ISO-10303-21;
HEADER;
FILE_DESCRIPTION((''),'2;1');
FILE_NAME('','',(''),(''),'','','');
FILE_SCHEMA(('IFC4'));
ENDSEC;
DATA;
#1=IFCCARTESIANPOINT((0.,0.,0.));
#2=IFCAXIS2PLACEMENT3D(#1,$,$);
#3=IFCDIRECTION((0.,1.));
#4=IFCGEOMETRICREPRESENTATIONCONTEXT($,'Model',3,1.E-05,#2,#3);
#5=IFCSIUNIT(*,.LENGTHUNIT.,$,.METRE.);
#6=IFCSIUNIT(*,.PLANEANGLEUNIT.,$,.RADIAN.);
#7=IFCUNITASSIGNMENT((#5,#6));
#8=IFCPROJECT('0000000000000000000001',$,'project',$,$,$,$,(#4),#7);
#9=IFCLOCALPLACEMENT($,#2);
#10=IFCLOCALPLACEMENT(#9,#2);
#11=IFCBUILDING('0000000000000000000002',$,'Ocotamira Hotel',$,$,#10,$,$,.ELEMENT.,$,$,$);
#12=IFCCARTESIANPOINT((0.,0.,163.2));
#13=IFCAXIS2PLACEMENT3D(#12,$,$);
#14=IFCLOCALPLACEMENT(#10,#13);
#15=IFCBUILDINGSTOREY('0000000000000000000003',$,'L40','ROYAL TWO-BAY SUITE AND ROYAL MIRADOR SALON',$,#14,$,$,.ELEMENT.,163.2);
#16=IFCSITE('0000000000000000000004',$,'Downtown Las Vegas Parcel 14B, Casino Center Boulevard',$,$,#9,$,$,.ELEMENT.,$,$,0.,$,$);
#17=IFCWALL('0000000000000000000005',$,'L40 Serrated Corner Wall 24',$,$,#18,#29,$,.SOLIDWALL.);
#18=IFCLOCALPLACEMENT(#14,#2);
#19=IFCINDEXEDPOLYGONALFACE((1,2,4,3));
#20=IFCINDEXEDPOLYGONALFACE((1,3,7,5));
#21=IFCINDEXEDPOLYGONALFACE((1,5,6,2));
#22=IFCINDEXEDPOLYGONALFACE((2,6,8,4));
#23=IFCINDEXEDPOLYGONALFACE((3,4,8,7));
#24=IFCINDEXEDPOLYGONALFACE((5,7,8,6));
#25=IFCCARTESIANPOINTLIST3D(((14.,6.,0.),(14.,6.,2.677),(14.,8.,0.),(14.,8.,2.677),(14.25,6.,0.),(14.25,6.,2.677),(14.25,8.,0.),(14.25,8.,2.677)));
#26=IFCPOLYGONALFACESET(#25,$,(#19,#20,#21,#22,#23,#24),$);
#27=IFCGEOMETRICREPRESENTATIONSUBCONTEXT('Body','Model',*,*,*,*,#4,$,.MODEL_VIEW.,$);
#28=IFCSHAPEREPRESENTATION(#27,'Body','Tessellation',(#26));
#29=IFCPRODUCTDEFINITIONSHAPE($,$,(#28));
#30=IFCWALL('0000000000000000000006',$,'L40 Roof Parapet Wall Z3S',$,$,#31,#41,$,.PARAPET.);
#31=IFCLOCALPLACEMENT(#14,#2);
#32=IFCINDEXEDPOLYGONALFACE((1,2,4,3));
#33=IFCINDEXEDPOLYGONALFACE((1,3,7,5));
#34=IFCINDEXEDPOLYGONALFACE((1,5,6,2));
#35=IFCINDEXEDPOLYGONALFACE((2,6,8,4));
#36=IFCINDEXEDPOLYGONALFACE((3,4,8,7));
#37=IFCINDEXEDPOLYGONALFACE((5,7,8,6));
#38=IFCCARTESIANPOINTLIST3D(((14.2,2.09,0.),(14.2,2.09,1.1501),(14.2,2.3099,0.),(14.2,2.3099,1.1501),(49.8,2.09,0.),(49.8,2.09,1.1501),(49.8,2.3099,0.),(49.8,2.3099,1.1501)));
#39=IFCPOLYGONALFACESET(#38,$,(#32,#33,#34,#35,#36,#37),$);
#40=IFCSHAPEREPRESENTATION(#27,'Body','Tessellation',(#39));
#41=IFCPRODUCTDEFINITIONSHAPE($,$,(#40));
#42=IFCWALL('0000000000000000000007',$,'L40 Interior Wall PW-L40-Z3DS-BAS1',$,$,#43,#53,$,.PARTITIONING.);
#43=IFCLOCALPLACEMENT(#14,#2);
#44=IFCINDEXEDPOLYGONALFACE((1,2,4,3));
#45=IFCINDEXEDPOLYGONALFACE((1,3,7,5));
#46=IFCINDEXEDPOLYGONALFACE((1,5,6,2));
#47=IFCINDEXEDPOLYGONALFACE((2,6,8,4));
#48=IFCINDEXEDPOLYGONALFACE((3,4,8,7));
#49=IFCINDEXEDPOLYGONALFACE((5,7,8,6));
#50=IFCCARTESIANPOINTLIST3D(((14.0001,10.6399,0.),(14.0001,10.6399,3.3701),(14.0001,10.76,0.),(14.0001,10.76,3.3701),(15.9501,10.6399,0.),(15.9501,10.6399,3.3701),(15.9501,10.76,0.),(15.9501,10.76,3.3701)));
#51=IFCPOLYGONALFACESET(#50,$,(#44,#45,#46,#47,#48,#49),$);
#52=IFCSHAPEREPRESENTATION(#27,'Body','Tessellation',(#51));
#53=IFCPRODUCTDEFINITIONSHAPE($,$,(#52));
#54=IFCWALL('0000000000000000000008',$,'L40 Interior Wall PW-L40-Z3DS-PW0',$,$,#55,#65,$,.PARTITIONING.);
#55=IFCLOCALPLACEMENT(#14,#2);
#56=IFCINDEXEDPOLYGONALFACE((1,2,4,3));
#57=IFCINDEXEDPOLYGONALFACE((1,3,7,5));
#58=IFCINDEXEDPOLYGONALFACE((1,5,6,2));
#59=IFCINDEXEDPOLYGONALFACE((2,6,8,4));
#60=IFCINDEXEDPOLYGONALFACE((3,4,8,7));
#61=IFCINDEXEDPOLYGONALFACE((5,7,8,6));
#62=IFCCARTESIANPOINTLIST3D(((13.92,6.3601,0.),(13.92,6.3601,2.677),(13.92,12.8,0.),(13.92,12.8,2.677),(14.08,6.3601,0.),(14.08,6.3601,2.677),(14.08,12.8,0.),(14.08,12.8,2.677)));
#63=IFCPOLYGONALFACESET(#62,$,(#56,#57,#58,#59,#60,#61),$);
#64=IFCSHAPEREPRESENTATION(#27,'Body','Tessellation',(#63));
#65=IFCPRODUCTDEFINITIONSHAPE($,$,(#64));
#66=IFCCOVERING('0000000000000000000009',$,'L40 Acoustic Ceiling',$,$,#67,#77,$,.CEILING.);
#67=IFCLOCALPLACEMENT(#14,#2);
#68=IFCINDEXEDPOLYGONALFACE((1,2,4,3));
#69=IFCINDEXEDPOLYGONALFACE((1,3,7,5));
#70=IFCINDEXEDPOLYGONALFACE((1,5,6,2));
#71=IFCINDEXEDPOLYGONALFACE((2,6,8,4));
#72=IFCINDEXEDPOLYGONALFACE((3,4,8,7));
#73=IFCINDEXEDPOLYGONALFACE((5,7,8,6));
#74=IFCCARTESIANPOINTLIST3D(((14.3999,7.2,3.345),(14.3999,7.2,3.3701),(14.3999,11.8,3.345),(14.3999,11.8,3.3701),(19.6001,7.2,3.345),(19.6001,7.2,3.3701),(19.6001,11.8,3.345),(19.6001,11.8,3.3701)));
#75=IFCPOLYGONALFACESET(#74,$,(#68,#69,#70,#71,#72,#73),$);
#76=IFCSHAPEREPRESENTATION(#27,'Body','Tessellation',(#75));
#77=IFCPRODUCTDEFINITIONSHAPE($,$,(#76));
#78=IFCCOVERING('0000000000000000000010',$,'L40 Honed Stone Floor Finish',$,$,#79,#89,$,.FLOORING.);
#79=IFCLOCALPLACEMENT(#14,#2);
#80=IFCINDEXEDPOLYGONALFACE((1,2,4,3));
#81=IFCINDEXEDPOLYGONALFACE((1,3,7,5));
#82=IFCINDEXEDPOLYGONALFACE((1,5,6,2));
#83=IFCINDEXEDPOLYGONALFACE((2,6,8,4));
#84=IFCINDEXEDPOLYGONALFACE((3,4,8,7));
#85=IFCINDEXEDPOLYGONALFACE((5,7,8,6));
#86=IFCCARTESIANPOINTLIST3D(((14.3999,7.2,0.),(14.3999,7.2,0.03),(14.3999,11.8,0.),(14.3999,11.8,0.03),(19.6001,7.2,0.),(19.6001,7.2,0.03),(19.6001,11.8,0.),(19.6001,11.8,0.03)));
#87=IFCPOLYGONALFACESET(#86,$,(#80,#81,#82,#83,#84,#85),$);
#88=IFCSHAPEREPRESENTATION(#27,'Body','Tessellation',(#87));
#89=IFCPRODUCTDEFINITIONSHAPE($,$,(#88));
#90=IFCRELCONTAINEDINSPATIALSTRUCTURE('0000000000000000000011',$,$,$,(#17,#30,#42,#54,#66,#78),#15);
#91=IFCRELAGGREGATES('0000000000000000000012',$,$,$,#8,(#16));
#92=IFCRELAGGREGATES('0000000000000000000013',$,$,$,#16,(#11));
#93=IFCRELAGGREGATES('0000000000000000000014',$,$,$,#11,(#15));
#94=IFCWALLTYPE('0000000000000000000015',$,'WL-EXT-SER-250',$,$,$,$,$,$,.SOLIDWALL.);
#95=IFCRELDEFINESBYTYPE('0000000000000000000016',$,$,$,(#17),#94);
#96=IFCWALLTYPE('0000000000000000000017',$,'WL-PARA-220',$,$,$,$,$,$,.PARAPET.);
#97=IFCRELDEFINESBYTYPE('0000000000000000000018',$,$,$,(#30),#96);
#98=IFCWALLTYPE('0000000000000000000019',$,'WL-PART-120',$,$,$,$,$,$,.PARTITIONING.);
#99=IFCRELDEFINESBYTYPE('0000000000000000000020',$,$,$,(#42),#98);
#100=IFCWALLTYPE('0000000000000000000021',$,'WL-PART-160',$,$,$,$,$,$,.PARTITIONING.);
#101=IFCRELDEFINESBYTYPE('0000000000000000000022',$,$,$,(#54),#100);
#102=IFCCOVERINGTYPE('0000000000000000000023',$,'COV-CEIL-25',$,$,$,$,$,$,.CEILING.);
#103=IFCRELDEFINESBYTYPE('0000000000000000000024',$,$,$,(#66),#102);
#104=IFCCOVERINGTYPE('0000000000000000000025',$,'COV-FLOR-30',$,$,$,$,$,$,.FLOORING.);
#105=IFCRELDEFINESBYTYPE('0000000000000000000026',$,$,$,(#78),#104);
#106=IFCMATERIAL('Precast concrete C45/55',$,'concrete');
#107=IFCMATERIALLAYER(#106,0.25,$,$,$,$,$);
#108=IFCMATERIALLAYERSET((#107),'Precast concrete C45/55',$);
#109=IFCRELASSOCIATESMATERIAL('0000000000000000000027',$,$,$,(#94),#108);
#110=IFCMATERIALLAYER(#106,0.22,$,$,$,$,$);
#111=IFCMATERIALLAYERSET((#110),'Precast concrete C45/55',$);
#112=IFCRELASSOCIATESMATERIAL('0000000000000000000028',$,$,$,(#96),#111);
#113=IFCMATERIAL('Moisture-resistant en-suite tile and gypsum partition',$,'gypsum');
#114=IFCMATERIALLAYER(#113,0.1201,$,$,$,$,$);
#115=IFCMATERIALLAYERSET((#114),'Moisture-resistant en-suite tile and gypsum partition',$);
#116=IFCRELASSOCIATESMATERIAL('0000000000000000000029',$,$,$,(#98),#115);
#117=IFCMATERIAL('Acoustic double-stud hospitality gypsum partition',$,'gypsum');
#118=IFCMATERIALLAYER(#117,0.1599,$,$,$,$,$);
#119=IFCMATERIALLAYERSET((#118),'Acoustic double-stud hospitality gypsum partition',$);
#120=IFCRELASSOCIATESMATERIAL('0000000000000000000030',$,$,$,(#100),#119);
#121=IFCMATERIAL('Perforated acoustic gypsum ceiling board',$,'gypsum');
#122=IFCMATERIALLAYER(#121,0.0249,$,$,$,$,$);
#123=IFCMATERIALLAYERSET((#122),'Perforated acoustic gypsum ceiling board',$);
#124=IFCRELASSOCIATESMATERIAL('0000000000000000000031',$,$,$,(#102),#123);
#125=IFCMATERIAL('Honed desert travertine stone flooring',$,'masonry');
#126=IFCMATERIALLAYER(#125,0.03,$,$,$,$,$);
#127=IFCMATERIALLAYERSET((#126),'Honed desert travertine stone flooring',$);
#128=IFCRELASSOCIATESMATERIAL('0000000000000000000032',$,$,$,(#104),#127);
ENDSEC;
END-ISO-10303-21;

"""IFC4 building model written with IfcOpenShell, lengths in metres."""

from ifc_helpers import new_model, si_unit, direction, frame, frame_2d, origin, place, context, subcontext, project, spatial, polyline, rectangle, outline, extrude, material, layer, layer_set, type_object, element, save


model = new_model("IFC4")

# Units and contexts
model_context = context("Model", 3, precision=1e-05, world=origin(), true_north=direction((0.0, 1.0)))
body_context = subcontext(model_context, "Body", "Model", "MODEL_VIEW")
ifc_project = project(units=[si_unit("LENGTHUNIT", "METRE"), si_unit("PLANEANGLEUNIT", "RADIAN")], contexts=[model_context])

# Site, building, storey
site_placement = place(None, origin())
site = spatial("IfcSite", under=ifc_project, at=site_placement, Name="Downtown Las Vegas Parcel 14B, Casino Center Boulevard", CompositionType="ELEMENT", RefElevation=0.0)
building_placement = place(site_placement, origin())
building = spatial("IfcBuilding", under=site, at=building_placement, Name="Ocotamira Hotel", CompositionType="ELEMENT")
storey_placement = place(building_placement, frame((0.0, 0.0, 163.2)))
storey = spatial("IfcBuildingStorey", under=building, at=storey_placement, Name="L40", Description="ROYAL TWO-BAY SUITE AND ROYAL MIRADOR SALON", CompositionType="ELEMENT", Elevation=163.2)

# Walls
ifc_material_1 = material(Name="Precast concrete C45/55", Category="concrete")
ifc_layer_1 = layer(ifc_material_1, 0.25)
ifc_layer_set_1 = layer_set([ifc_layer_1], Name="Precast concrete C45/55")
wall_type_1 = type_object("IfcWallType", Name="WL-EXT-SER-250", PredefinedType="SOLIDWALL", material=ifc_layer_set_1)
wall_1_placement = place(storey_placement, frame((14.125, 8.0, 0.0), z_axis=(0.0, 0.0, 1.0), x_axis=(0.0, -1.0, 0.0)))
element("IfcWall", 1, at=wall_1_placement, inside=storey, type_object=wall_type_1, Name="L40 Serrated Corner Wall 24", PredefinedType="SOLIDWALL", context=body_context, shape_type="SweptSolid", body=[
    extrude(rectangle(XDim=2.0, YDim=0.25, at=frame_2d((1.0, 0.0))), origin(), (0.0, 0.0, 1.0), 2.677),
])
ifc_layer_2 = layer(ifc_material_1, 0.22)
ifc_layer_set_2 = layer_set([ifc_layer_2], Name="Precast concrete C45/55")
wall_type_2 = type_object("IfcWallType", Name="WL-PARA-220", PredefinedType="PARAPET", material=ifc_layer_set_2)
wall_2_placement = place(storey_placement, frame((14.2, 2.2, 0.0), z_axis=(0.0, 0.0, 1.0), x_axis=(1.0, 0.0, 0.0)))
element("IfcWall", 2, at=wall_2_placement, inside=storey, type_object=wall_type_2, Name="L40 Roof Parapet Wall Z3S", PredefinedType="PARAPET", context=body_context, shape_type="SweptSolid", body=[
    extrude(rectangle(XDim=35.6001, YDim=0.22, at=frame_2d((17.8, 0.0))), origin(), (0.0, 0.0, 1.0), 1.1501),
])
ifc_material_2 = material(Name="Moisture-resistant en-suite tile and gypsum partition", Category="gypsum")
ifc_layer_3 = layer(ifc_material_2, 0.1201)
ifc_layer_set_3 = layer_set([ifc_layer_3], Name="Moisture-resistant en-suite tile and gypsum partition")
wall_type_3 = type_object("IfcWallType", Name="WL-PART-120", PredefinedType="PARTITIONING", material=ifc_layer_set_3)
wall_3_placement = place(storey_placement, frame((14.0, 10.7, 0.0), z_axis=(0.0, 0.0, 1.0), x_axis=(1.0, 0.0, 0.0)))
element("IfcWall", 3, at=wall_3_placement, inside=storey, type_object=wall_type_3, Name="L40 Interior Wall PW-L40-Z3DS-BAS1", PredefinedType="PARTITIONING", context=body_context, shape_type="SweptSolid", body=[
    extrude(rectangle(XDim=1.95, YDim=0.1201, at=frame_2d((0.9751, 0.0))), origin(), (0.0, 0.0, 1.0), 3.3701),
])
ifc_material_3 = material(Name="Acoustic double-stud hospitality gypsum partition", Category="gypsum")
ifc_layer_4 = layer(ifc_material_3, 0.1599)
ifc_layer_set_4 = layer_set([ifc_layer_4], Name="Acoustic double-stud hospitality gypsum partition")
wall_type_4 = type_object("IfcWallType", Name="WL-PART-160", PredefinedType="PARTITIONING", material=ifc_layer_set_4)
wall_4_placement = place(storey_placement, frame((14.0, 6.3601, 0.0), z_axis=(0.0, 0.0, 1.0), x_axis=(0.0, 1.0, 0.0)))
element("IfcWall", 4, at=wall_4_placement, inside=storey, type_object=wall_type_4, Name="L40 Interior Wall PW-L40-Z3DS-PW0", PredefinedType="PARTITIONING", context=body_context, shape_type="SweptSolid", body=[
    extrude(rectangle(XDim=6.4399, YDim=0.1599, at=frame_2d((3.22, 0.0))), origin(), (0.0, 0.0, 1.0), 2.677),
])

# Coverings
ifc_material_4 = material(Name="Perforated acoustic gypsum ceiling board", Category="gypsum")
ifc_layer_5 = layer(ifc_material_4, 0.0249)
ifc_layer_set_5 = layer_set([ifc_layer_5], Name="Perforated acoustic gypsum ceiling board")
covering_type_1 = type_object("IfcCoveringType", Name="COV-CEIL-25", PredefinedType="CEILING", material=ifc_layer_set_5)
covering_1_placement = place(storey_placement, frame((0.0, 0.0, 3.345)))
element("IfcCovering", 5, at=covering_1_placement, inside=storey, type_object=covering_type_1, Name="L40 Acoustic Ceiling", PredefinedType="CEILING", context=body_context, shape_type="SweptSolid", body=[
    extrude(outline(polyline([(14.3999, 7.2), (19.6001, 7.2), (19.6001, 11.8), (14.3999, 11.8), (14.3999, 7.2)])), origin(), (0.0, 0.0, 1.0), 0.0251),
])
ifc_material_5 = material(Name="Honed desert travertine stone flooring", Category="masonry")
ifc_layer_6 = layer(ifc_material_5, 0.03)
ifc_layer_set_6 = layer_set([ifc_layer_6], Name="Honed desert travertine stone flooring")
covering_type_2 = type_object("IfcCoveringType", Name="COV-FLOR-30", PredefinedType="FLOORING", material=ifc_layer_set_6)
covering_2_placement = place(storey_placement, origin())
element("IfcCovering", 6, at=covering_2_placement, inside=storey, type_object=covering_type_2, Name="L40 Honed Stone Floor Finish", PredefinedType="FLOORING", context=body_context, shape_type="SweptSolid", body=[
    extrude(outline(polyline([(14.3999, 7.2), (19.6001, 7.2), (19.6001, 11.8), (14.3999, 11.8), (14.3999, 7.2)])), origin(), (0.0, 0.0, 1.0), 0.03),
])

save(model, "model.ifc")
